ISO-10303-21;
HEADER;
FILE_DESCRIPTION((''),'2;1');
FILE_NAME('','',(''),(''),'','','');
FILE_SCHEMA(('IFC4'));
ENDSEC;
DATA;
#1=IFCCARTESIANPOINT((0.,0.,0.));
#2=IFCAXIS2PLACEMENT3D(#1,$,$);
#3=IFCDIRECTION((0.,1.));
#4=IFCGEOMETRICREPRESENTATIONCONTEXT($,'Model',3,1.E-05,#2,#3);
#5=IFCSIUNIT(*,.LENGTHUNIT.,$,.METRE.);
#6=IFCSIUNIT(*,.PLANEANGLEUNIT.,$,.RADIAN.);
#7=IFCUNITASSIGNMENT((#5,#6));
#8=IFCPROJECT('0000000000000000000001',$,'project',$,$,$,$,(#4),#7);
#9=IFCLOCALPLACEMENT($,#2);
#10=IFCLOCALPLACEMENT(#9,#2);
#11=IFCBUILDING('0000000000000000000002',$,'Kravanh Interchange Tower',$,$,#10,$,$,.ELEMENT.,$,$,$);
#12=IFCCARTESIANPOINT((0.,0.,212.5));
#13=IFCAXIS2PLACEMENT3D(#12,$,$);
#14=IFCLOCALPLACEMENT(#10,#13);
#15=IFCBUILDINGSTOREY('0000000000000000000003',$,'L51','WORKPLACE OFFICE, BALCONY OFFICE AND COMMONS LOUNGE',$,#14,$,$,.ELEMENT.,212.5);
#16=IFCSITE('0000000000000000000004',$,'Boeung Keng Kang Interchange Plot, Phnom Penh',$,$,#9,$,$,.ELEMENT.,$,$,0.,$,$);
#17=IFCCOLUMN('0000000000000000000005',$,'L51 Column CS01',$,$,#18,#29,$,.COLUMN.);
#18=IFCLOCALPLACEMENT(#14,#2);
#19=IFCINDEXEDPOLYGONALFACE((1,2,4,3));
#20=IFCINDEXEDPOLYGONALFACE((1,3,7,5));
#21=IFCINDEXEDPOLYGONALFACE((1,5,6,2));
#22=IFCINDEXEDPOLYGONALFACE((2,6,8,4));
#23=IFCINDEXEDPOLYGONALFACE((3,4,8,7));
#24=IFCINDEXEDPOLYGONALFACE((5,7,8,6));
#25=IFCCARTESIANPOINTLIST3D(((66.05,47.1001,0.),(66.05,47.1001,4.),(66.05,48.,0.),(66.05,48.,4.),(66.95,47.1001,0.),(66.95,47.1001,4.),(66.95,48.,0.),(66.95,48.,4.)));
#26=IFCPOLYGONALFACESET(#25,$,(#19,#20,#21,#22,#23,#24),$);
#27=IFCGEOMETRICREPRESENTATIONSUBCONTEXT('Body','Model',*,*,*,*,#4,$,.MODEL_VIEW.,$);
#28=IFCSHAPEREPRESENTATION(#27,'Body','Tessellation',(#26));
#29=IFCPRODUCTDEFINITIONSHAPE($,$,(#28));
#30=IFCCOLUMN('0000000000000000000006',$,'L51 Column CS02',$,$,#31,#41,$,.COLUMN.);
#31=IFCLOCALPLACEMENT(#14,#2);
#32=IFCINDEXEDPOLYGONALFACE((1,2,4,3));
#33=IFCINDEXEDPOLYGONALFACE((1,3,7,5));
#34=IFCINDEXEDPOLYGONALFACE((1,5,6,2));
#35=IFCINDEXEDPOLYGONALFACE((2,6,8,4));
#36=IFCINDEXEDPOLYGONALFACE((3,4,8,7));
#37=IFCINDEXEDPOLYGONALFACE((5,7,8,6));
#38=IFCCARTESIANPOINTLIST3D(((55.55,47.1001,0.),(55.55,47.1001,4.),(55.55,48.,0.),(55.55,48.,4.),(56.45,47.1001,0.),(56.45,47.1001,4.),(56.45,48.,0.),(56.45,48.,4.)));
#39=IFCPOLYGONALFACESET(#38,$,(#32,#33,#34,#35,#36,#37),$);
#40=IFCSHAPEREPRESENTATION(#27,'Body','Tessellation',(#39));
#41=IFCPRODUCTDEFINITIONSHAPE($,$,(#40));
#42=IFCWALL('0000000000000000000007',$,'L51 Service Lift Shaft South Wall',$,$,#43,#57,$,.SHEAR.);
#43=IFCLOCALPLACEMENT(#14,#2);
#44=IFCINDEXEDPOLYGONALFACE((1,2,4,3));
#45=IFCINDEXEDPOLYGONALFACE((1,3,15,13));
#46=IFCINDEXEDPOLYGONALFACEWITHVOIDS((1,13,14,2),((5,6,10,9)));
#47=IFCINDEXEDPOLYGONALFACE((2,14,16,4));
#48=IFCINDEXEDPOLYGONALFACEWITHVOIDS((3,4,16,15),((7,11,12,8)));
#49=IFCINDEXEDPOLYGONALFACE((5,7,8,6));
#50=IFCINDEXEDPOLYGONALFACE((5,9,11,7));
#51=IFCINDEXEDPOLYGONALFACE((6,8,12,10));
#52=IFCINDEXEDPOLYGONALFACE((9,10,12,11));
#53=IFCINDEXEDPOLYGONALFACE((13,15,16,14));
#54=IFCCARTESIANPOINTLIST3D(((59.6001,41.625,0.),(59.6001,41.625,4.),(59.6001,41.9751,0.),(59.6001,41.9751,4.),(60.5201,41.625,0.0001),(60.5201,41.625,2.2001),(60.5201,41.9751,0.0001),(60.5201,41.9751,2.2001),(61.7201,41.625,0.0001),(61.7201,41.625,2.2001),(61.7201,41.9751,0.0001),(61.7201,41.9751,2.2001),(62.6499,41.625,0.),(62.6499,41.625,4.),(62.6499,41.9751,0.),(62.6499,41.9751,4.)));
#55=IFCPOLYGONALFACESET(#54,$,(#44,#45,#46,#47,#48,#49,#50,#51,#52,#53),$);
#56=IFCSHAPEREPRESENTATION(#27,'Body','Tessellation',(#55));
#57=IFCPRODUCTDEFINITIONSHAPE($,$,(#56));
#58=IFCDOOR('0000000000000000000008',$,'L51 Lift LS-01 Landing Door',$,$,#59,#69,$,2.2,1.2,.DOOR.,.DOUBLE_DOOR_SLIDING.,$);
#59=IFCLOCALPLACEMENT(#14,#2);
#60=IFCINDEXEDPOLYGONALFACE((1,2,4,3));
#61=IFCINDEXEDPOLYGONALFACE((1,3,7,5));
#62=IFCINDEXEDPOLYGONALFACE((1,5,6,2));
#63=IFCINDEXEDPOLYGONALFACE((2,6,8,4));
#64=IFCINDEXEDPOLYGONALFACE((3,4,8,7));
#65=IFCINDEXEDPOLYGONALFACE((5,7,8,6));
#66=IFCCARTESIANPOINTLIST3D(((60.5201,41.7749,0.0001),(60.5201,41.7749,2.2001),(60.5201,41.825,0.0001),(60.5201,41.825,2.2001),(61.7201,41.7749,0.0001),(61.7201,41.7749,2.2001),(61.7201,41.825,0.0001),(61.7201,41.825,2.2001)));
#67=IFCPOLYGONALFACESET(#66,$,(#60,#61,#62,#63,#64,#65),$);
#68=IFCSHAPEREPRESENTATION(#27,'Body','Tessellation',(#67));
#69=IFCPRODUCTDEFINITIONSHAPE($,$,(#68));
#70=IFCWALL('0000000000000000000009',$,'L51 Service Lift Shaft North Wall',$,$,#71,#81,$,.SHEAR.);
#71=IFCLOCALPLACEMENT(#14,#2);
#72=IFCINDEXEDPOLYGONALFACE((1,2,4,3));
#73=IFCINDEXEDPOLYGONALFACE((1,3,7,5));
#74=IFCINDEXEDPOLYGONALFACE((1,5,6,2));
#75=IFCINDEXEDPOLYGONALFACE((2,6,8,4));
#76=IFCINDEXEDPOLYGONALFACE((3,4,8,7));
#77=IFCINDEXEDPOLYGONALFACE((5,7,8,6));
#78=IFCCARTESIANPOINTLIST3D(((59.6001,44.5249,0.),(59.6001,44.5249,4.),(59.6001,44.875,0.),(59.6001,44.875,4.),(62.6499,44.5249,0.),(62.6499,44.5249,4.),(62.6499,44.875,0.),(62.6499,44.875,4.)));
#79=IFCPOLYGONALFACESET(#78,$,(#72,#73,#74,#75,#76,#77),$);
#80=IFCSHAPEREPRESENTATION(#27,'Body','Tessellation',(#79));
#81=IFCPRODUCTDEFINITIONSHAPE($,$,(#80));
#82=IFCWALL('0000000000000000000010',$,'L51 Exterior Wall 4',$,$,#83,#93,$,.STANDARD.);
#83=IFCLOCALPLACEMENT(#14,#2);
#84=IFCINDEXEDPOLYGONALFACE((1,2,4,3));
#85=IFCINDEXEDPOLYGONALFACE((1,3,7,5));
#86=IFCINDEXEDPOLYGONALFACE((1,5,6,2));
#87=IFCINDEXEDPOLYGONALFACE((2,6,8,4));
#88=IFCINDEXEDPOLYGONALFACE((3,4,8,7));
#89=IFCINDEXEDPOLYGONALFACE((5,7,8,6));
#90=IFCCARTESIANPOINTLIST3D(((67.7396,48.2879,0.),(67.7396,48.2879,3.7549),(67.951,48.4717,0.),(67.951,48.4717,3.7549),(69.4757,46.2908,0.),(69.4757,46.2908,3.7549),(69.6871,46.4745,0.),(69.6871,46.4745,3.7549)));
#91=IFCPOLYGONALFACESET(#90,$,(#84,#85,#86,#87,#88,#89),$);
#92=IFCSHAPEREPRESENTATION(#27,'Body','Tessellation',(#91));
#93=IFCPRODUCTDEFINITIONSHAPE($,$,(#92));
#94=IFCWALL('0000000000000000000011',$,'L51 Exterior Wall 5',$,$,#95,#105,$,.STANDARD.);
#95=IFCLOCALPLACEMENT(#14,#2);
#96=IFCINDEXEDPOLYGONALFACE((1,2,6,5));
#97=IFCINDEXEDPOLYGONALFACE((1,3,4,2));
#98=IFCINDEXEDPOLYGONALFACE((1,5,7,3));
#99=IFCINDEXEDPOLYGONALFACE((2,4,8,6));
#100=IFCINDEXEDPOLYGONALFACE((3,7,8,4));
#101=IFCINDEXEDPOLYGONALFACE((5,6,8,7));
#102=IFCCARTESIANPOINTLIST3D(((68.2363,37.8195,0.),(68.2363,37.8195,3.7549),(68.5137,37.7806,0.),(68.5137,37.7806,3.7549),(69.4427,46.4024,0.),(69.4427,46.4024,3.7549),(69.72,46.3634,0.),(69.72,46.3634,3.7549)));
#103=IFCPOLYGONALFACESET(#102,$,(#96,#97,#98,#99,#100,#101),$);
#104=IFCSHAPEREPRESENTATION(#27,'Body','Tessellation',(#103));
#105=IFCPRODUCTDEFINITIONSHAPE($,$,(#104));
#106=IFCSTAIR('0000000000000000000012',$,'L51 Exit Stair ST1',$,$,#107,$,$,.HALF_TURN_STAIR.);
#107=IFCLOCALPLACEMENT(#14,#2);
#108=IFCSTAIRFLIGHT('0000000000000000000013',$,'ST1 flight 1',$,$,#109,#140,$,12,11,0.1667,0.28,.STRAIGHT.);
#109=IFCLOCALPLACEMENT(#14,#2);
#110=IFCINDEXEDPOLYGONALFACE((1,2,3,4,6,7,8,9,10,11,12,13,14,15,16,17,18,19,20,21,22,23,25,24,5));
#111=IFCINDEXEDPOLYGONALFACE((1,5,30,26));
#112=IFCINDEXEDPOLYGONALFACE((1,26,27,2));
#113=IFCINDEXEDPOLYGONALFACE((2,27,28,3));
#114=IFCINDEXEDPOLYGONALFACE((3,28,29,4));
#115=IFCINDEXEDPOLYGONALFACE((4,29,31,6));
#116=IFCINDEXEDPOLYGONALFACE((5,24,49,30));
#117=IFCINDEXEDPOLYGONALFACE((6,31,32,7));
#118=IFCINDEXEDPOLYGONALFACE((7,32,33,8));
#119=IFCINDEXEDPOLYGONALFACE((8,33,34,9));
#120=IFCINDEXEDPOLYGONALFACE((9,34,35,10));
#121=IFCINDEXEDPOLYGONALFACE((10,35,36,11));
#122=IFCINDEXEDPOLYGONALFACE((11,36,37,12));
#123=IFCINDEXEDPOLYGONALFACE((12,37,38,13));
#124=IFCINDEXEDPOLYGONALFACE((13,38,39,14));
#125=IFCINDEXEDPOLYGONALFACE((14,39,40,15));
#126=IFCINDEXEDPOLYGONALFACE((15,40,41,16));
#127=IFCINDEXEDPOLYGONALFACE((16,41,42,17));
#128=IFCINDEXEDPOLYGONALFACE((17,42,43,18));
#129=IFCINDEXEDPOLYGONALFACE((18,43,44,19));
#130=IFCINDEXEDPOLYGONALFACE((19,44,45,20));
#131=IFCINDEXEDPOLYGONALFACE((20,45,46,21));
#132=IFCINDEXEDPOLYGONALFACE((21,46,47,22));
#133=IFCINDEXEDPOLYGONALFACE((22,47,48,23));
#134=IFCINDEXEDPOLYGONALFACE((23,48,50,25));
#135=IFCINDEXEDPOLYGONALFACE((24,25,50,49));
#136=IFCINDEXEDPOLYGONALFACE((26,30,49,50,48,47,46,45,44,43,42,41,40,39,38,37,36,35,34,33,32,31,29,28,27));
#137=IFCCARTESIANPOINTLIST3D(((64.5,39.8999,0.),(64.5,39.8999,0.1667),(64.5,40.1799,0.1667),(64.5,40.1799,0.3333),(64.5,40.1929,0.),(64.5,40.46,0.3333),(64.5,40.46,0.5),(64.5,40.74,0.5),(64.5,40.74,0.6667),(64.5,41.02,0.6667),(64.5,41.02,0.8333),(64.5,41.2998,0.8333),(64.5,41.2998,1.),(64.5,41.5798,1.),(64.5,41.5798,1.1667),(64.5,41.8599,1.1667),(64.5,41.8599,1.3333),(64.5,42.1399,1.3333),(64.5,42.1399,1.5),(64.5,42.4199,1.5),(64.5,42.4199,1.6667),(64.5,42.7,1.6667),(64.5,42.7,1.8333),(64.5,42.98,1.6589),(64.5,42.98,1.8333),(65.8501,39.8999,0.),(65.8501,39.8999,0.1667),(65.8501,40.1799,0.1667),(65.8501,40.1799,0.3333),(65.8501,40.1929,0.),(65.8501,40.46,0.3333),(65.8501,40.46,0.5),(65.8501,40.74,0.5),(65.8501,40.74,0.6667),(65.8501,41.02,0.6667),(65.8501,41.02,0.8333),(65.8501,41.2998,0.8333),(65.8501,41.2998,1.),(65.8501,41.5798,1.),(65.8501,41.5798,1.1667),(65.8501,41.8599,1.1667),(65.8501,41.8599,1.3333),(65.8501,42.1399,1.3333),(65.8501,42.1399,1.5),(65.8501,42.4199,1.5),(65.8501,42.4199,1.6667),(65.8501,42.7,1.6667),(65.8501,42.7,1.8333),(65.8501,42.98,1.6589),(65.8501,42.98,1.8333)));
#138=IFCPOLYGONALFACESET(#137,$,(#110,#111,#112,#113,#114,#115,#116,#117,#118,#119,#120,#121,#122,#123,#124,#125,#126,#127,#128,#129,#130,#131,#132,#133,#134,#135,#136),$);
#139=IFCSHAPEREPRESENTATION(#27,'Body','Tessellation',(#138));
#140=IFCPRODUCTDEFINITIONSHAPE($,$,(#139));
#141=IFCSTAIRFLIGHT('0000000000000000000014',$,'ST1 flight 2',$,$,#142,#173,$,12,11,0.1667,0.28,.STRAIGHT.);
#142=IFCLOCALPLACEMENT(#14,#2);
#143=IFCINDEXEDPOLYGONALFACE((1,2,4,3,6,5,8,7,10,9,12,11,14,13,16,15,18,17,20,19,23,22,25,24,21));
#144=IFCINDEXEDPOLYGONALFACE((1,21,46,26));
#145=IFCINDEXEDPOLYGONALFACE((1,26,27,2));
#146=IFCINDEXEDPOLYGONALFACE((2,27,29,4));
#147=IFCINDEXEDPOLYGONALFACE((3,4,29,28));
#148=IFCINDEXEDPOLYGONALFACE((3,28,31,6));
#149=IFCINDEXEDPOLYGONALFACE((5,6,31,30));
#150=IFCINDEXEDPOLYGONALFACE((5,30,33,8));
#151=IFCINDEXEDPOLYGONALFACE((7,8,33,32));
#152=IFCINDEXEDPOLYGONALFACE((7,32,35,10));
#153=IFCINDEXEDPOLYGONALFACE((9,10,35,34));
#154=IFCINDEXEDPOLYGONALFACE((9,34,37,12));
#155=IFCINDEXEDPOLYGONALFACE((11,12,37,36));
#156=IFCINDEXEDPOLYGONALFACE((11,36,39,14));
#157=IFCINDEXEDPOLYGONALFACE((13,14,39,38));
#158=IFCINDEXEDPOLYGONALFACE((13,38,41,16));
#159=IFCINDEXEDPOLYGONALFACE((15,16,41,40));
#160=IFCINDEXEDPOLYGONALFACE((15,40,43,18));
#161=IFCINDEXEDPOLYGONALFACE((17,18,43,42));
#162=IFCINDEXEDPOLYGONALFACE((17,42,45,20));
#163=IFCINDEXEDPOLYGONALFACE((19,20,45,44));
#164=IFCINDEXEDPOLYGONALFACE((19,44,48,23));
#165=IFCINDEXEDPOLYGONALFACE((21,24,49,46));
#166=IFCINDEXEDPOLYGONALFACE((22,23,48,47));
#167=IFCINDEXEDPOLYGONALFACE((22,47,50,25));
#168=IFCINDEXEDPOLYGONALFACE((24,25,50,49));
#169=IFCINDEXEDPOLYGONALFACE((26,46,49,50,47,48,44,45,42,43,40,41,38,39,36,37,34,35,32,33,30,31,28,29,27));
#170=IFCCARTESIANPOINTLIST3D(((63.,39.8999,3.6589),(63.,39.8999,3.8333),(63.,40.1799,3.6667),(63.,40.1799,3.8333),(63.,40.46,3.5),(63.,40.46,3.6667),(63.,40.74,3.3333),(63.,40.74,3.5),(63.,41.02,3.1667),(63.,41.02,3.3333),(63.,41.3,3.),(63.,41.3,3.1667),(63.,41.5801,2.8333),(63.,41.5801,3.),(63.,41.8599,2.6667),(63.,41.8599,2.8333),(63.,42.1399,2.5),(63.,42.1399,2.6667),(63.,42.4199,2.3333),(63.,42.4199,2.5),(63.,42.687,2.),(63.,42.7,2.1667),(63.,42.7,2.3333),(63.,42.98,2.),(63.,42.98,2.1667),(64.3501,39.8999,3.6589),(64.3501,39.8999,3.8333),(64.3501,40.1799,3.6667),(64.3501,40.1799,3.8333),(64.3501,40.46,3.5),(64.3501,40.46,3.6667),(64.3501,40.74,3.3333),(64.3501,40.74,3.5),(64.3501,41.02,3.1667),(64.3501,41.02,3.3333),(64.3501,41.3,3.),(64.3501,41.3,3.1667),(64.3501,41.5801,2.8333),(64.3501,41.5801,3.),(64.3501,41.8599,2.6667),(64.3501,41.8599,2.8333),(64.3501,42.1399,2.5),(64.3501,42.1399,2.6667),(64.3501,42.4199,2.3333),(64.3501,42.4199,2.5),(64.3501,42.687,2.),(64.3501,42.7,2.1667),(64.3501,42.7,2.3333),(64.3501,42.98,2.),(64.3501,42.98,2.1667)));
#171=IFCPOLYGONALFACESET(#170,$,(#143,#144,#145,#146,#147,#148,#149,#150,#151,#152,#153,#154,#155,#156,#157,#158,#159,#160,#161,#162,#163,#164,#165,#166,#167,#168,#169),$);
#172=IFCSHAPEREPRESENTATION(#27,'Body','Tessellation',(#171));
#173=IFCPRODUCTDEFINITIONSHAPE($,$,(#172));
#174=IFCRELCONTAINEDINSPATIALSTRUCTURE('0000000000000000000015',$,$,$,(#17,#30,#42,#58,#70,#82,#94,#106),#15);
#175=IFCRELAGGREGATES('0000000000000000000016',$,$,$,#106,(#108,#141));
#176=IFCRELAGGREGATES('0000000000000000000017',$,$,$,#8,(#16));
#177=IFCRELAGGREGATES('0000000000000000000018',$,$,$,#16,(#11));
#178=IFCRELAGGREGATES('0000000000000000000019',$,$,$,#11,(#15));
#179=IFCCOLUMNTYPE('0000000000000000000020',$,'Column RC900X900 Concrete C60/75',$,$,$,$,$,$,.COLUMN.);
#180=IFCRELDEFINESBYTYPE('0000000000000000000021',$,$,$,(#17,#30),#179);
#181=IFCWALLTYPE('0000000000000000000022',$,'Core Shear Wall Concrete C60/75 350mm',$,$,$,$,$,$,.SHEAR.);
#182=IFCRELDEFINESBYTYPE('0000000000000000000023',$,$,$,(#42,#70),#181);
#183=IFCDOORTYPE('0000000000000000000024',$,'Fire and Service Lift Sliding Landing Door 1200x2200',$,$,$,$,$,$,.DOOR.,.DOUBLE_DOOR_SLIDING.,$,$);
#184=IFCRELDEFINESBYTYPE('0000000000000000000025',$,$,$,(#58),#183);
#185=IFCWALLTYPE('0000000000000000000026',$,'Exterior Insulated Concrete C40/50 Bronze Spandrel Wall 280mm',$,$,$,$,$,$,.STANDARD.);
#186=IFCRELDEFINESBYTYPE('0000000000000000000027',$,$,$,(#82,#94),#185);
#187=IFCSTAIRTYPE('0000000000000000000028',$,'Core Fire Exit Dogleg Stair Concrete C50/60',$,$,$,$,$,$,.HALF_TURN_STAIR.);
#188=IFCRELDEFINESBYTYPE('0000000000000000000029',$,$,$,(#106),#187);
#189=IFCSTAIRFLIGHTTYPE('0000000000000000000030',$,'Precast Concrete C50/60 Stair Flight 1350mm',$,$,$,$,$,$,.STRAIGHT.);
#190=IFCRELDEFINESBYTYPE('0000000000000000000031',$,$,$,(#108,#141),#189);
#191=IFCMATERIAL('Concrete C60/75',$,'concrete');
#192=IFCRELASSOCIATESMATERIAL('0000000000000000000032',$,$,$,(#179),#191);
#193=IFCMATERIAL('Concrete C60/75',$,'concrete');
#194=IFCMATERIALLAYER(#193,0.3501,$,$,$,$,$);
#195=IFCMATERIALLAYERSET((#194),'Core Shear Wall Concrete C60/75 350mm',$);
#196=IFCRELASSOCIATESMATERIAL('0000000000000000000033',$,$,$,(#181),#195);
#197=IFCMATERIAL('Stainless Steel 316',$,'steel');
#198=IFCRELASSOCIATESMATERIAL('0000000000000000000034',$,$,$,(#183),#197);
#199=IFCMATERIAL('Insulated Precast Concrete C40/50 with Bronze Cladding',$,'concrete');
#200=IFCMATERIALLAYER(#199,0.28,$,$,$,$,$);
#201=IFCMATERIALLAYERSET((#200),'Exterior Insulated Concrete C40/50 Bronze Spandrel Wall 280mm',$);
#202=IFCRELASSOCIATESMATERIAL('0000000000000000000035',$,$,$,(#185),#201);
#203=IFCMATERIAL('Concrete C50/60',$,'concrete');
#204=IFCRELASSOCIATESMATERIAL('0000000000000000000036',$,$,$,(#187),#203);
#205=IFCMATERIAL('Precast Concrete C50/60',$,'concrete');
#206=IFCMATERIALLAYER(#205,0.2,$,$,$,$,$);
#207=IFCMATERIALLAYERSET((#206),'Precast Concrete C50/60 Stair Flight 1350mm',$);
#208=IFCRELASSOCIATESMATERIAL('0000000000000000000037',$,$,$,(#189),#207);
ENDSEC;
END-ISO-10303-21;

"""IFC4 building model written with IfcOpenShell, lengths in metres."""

from ifc_helpers import new_model, si_unit, direction, frame, frame_2d, origin, origin_2d, place, context, subcontext, project, spatial, polyline, rectangle, outline, extrude, material, layer, layer_set, material_profile, profile_set, type_object, element, fill, aggregate, save


model = new_model("IFC4")

# Units and contexts
model_context = context("Model", 3, precision=1e-05, world=origin(), true_north=direction((0.0, 1.0)))
body_context = subcontext(model_context, "Body", "Model", "MODEL_VIEW")
ifc_project = project(units=[si_unit("LENGTHUNIT", "METRE"), si_unit("PLANEANGLEUNIT", "RADIAN")], contexts=[model_context])

# Site, building, storey
site_placement = place(None, origin())
site = spatial("IfcSite", under=ifc_project, at=site_placement, Name="Boeung Keng Kang Interchange Plot, Phnom Penh", CompositionType="ELEMENT", RefElevation=0.0)
building_placement = place(site_placement, origin())
building = spatial("IfcBuilding", under=site, at=building_placement, Name="Kravanh Interchange Tower", CompositionType="ELEMENT")
storey_placement = place(building_placement, frame((0.0, 0.0, 212.5)))
storey = spatial("IfcBuildingStorey", under=building, at=storey_placement, Name="L51", Description="WORKPLACE OFFICE, BALCONY OFFICE AND COMMONS LOUNGE", CompositionType="ELEMENT", Elevation=212.5)

# Columns
ifc_material_1 = material(Name="Concrete C60/75", Category="concrete")
ifc_material_profile = material_profile(ifc_material_1, rectangle(XDim=0.8999, YDim=0.8999, at=origin_2d()), Name="RC900X900")
ifc_profile_set = profile_set([ifc_material_profile], Name="Concrete C60/75")
column_type = type_object("IfcColumnType", Name="Column RC900X900 Concrete C60/75", PredefinedType="COLUMN", material=ifc_profile_set)
for number, where, z_axis, x_axis, name in (
    (1, (66.5, 47.55, 0.0), (0.0, 0.0, 1.0), (1.0, 0.0, 0.0), "L51 Column CS01"),
    (2, (56.0, 47.55, 0.0), (0.0, 0.0, 1.0), (1.0, 0.0, 0.0), "L51 Column CS02"),
):
    element("IfcColumn", number, at=place(storey_placement, frame(where, z_axis=z_axis, x_axis=x_axis)), inside=storey, type_object=column_type, Name=name, PredefinedType="COLUMN", context=body_context, shape_type="SweptSolid", body=[
        extrude(rectangle(XDim=0.8999, YDim=0.8999, at=origin_2d()), origin(), (0.0, 0.0, 1.0), 4.0),
    ])

# Wall, opening, door
ifc_material_2 = material(Name="Concrete C60/75", Category="concrete")
ifc_layer_1 = layer(ifc_material_2, 0.3501)
ifc_layer_set_1 = layer_set([ifc_layer_1], Name="Core Shear Wall Concrete C60/75 350mm")
wall_type_1 = type_object("IfcWallType", Name="Core Shear Wall Concrete C60/75 350mm", PredefinedType="SHEAR", material=ifc_layer_set_1)
wall_1_placement = place(storey_placement, frame((59.6001, 41.8, 0.0), z_axis=(0.0, 0.0, 1.0), x_axis=(1.0, 0.0, 0.0)))
wall_1 = element("IfcWall", 3, at=wall_1_placement, inside=storey, type_object=wall_type_1, Name="L51 Service Lift Shaft South Wall", PredefinedType="SHEAR", context=body_context, shape_type="SweptSolid", body=[
    extrude(rectangle(XDim=3.0498, YDim=0.3501, at=frame_2d((1.5249, 0.0))), origin(), (0.0, 0.0, 1.0), 4.0),
])
opening_placement = place(wall_1_placement, frame((0.9199, 0.0, 0.0)))
opening = element("IfcOpeningElement", 4, at=opening_placement, cuts=wall_1, PredefinedType="OPENING", context=body_context, shape_type="SweptSolid", body=[
    extrude(rectangle(XDim=1.2, YDim=2.2, at=frame_2d((0.6001, 1.1001))), frame((0.0, 0.1851, 0.0), z_axis=(0.0, -1.0, 0.0), x_axis=(1.0, 0.0, 0.0)), (0.0, 0.0, 1.0), 0.3701),
])
ifc_material_3 = material(Name="Stainless Steel 316", Category="steel")
door_type = type_object("IfcDoorType", Name="Fire and Service Lift Sliding Landing Door 1200x2200", OperationType="DOUBLE_DOOR_SLIDING", PredefinedType="DOOR", material=ifc_material_3)
door_placement = place(opening_placement, origin())
door = element("IfcDoor", 5, at=door_placement, inside=storey, type_object=door_type, Name="L51 Lift LS-01 Landing Door", OperationType="DOUBLE_DOOR_SLIDING", OverallHeight=2.2, OverallWidth=1.2, PredefinedType="DOOR", context=body_context, shape_type="SweptSolid", body=[
    extrude(rectangle(XDim=1.2, YDim=2.2, at=frame_2d((0.6001, 1.1001))), frame((0.0, 0.0249, 0.0), z_axis=(0.0, -1.0, 0.0), x_axis=(1.0, 0.0, 0.0)), (0.0, 0.0, 1.0), 0.05),
])
fill(opening, door)

# Walls
wall_2_placement = place(storey_placement, frame((59.6001, 44.7, 0.0), z_axis=(0.0, 0.0, 1.0), x_axis=(1.0, 0.0, 0.0)))
element("IfcWall", 6, at=wall_2_placement, inside=storey, type_object=wall_type_1, Name="L51 Service Lift Shaft North Wall", PredefinedType="SHEAR", context=body_context, shape_type="SweptSolid", body=[
    extrude(rectangle(XDim=3.0498, YDim=0.3501, at=frame_2d((1.5249, 0.0))), origin(), (0.0, 0.0, 1.0), 4.0),
])
ifc_material_4 = material(Name="Insulated Precast Concrete C40/50 with Bronze Cladding", Category="concrete")
ifc_layer_2 = layer(ifc_material_4, 0.28)
ifc_layer_set_2 = layer_set([ifc_layer_2], Name="Exterior Insulated Concrete C40/50 Bronze Spandrel Wall 280mm")
wall_type_2 = type_object("IfcWallType", Name="Exterior Insulated Concrete C40/50 Bronze Spandrel Wall 280mm", PredefinedType="STANDARD", material=ifc_layer_set_2)
wall_3_placement = place(storey_placement, frame((67.8452, 48.3799, 0.0), z_axis=(0.0, 0.0, 1.0), x_axis=(0.656071, -0.754699, 0.0)))
element("IfcWall", 7, at=wall_3_placement, inside=storey, type_object=wall_type_2, Name="L51 Exterior Wall 4", PredefinedType="STANDARD", context=body_context, shape_type="SweptSolid", body=[
    extrude(rectangle(XDim=2.6462, YDim=0.28, at=frame_2d((1.3232, 0.0))), origin(), (0.0, 0.0, 1.0), 3.7549),
])
wall_4_placement = place(storey_placement, frame((69.5813, 46.3828, 0.0), z_axis=(0.0, 0.0, 1.0), x_axis=(-0.139181, -0.990267, 0.0)))
element("IfcWall", 8, at=wall_4_placement, inside=storey, type_object=wall_type_2, Name="L51 Exterior Wall 5", PredefinedType="STANDARD", context=body_context, shape_type="SweptSolid", body=[
    extrude(rectangle(XDim=8.6672, YDim=0.28, at=frame_2d((4.3335, 0.0))), origin(), (0.0, 0.0, 1.0), 3.7549),
])

# Stair, stair flights
ifc_material_5 = material(Name="Concrete C50/60", Category="concrete")
stair_type = type_object("IfcStairType", Name="Core Fire Exit Dogleg Stair Concrete C50/60", PredefinedType="HALF_TURN_STAIR", material=ifc_material_5)
stair_1_placement = place(storey_placement, origin())
stair_1 = element("IfcStair", 9, at=stair_1_placement, inside=storey, type_object=stair_type, Name="L51 Exit Stair ST1", PredefinedType="HALF_TURN_STAIR")
ifc_material_6 = material(Name="Precast Concrete C50/60", Category="concrete")
ifc_layer_3 = layer(ifc_material_6, 0.2)
ifc_layer_set_3 = layer_set([ifc_layer_3], Name="Precast Concrete C50/60 Stair Flight 1350mm")
stair_flight_type = type_object("IfcStairFlightType", Name="Precast Concrete C50/60 Stair Flight 1350mm", PredefinedType="STRAIGHT", material=ifc_layer_set_3)
stair_flight_1_placement = place(storey_placement, frame((65.175, 39.8999, 0.0), z_axis=(0.0, 0.0, 1.0), x_axis=(0.0, 1.0, 0.0)))
stair_flight_1 = element("IfcStairFlight", 10, at=stair_flight_1_placement, type_object=stair_flight_type, Name="ST1 flight 1", NumberOfRisers=12, NumberOfTreads=11, PredefinedType="STRAIGHT", RiserHeight=0.1667, TreadLength=0.28, context=body_context, shape_type="SweptSolid", body=[
    extrude(outline(polyline([(0.0, 0.0), (0.0, 0.1667), (0.28, 0.1667), (0.28, 0.3333), (0.5601, 0.3333), (0.5601, 0.5), (0.8401, 0.5), (0.8401, 0.6667), (1.1201, 0.6667), (1.1201, 0.8333), (1.3999, 0.8333), (1.3999, 1.0), (1.6799, 1.0), (1.6799, 1.1667), (1.96, 1.1667), (1.96, 1.3333), (2.24, 1.3333), (2.24, 1.5), (2.52, 1.5), (2.52, 1.6667), (2.8, 1.6667), (2.8, 1.8333), (3.0801, 1.8333), (3.0801, 2.0), (3.0801, 1.6589), (0.293, 0.0), (0.0, 0.0)])), frame((0.0, 0.675, 0.0), z_axis=(0.0, -1.0, 0.0), x_axis=(1.0, 0.0, 0.0)), (0.0, 0.0, 1.0), 1.3501),
])
stair_flight_2_placement = place(storey_placement, frame((63.675, 42.98, 2.0), z_axis=(0.0, 0.0, 1.0), x_axis=(0.0, -1.0, 0.0)))
stair_flight_2 = element("IfcStairFlight", 11, at=stair_flight_2_placement, type_object=stair_flight_type, Name="ST1 flight 2", NumberOfRisers=12, NumberOfTreads=11, PredefinedType="STRAIGHT", RiserHeight=0.1667, TreadLength=0.28, context=body_context, shape_type="SweptSolid", body=[
    extrude(outline(polyline([(0.0, 0.0), (0.0, 0.1667), (0.28, 0.1667), (0.28, 0.3333), (0.5601, 0.3333), (0.5601, 0.5), (0.8401, 0.5), (0.8401, 0.6667), (1.1201, 0.6667), (1.1201, 0.8333), (1.3999, 0.8333), (1.3999, 1.0), (1.6799, 1.0), (1.6799, 1.1667), (1.96, 1.1667), (1.96, 1.3333), (2.24, 1.3333), (2.24, 1.5), (2.52, 1.5), (2.52, 1.6667), (2.8, 1.6667), (2.8, 1.8333), (3.0801, 1.8333), (3.0801, 2.0), (3.0801, 1.6589), (0.293, 0.0), (0.0, 0.0)])), frame((0.0, 0.675, 0.0), z_axis=(0.0, -1.0, 0.0), x_axis=(1.0, 0.0, 0.0)), (0.0, 0.0, 1.0), 1.3501),
])
aggregate(stair_1, [stair_flight_1, stair_flight_2])

save(model, "model.ifc")
